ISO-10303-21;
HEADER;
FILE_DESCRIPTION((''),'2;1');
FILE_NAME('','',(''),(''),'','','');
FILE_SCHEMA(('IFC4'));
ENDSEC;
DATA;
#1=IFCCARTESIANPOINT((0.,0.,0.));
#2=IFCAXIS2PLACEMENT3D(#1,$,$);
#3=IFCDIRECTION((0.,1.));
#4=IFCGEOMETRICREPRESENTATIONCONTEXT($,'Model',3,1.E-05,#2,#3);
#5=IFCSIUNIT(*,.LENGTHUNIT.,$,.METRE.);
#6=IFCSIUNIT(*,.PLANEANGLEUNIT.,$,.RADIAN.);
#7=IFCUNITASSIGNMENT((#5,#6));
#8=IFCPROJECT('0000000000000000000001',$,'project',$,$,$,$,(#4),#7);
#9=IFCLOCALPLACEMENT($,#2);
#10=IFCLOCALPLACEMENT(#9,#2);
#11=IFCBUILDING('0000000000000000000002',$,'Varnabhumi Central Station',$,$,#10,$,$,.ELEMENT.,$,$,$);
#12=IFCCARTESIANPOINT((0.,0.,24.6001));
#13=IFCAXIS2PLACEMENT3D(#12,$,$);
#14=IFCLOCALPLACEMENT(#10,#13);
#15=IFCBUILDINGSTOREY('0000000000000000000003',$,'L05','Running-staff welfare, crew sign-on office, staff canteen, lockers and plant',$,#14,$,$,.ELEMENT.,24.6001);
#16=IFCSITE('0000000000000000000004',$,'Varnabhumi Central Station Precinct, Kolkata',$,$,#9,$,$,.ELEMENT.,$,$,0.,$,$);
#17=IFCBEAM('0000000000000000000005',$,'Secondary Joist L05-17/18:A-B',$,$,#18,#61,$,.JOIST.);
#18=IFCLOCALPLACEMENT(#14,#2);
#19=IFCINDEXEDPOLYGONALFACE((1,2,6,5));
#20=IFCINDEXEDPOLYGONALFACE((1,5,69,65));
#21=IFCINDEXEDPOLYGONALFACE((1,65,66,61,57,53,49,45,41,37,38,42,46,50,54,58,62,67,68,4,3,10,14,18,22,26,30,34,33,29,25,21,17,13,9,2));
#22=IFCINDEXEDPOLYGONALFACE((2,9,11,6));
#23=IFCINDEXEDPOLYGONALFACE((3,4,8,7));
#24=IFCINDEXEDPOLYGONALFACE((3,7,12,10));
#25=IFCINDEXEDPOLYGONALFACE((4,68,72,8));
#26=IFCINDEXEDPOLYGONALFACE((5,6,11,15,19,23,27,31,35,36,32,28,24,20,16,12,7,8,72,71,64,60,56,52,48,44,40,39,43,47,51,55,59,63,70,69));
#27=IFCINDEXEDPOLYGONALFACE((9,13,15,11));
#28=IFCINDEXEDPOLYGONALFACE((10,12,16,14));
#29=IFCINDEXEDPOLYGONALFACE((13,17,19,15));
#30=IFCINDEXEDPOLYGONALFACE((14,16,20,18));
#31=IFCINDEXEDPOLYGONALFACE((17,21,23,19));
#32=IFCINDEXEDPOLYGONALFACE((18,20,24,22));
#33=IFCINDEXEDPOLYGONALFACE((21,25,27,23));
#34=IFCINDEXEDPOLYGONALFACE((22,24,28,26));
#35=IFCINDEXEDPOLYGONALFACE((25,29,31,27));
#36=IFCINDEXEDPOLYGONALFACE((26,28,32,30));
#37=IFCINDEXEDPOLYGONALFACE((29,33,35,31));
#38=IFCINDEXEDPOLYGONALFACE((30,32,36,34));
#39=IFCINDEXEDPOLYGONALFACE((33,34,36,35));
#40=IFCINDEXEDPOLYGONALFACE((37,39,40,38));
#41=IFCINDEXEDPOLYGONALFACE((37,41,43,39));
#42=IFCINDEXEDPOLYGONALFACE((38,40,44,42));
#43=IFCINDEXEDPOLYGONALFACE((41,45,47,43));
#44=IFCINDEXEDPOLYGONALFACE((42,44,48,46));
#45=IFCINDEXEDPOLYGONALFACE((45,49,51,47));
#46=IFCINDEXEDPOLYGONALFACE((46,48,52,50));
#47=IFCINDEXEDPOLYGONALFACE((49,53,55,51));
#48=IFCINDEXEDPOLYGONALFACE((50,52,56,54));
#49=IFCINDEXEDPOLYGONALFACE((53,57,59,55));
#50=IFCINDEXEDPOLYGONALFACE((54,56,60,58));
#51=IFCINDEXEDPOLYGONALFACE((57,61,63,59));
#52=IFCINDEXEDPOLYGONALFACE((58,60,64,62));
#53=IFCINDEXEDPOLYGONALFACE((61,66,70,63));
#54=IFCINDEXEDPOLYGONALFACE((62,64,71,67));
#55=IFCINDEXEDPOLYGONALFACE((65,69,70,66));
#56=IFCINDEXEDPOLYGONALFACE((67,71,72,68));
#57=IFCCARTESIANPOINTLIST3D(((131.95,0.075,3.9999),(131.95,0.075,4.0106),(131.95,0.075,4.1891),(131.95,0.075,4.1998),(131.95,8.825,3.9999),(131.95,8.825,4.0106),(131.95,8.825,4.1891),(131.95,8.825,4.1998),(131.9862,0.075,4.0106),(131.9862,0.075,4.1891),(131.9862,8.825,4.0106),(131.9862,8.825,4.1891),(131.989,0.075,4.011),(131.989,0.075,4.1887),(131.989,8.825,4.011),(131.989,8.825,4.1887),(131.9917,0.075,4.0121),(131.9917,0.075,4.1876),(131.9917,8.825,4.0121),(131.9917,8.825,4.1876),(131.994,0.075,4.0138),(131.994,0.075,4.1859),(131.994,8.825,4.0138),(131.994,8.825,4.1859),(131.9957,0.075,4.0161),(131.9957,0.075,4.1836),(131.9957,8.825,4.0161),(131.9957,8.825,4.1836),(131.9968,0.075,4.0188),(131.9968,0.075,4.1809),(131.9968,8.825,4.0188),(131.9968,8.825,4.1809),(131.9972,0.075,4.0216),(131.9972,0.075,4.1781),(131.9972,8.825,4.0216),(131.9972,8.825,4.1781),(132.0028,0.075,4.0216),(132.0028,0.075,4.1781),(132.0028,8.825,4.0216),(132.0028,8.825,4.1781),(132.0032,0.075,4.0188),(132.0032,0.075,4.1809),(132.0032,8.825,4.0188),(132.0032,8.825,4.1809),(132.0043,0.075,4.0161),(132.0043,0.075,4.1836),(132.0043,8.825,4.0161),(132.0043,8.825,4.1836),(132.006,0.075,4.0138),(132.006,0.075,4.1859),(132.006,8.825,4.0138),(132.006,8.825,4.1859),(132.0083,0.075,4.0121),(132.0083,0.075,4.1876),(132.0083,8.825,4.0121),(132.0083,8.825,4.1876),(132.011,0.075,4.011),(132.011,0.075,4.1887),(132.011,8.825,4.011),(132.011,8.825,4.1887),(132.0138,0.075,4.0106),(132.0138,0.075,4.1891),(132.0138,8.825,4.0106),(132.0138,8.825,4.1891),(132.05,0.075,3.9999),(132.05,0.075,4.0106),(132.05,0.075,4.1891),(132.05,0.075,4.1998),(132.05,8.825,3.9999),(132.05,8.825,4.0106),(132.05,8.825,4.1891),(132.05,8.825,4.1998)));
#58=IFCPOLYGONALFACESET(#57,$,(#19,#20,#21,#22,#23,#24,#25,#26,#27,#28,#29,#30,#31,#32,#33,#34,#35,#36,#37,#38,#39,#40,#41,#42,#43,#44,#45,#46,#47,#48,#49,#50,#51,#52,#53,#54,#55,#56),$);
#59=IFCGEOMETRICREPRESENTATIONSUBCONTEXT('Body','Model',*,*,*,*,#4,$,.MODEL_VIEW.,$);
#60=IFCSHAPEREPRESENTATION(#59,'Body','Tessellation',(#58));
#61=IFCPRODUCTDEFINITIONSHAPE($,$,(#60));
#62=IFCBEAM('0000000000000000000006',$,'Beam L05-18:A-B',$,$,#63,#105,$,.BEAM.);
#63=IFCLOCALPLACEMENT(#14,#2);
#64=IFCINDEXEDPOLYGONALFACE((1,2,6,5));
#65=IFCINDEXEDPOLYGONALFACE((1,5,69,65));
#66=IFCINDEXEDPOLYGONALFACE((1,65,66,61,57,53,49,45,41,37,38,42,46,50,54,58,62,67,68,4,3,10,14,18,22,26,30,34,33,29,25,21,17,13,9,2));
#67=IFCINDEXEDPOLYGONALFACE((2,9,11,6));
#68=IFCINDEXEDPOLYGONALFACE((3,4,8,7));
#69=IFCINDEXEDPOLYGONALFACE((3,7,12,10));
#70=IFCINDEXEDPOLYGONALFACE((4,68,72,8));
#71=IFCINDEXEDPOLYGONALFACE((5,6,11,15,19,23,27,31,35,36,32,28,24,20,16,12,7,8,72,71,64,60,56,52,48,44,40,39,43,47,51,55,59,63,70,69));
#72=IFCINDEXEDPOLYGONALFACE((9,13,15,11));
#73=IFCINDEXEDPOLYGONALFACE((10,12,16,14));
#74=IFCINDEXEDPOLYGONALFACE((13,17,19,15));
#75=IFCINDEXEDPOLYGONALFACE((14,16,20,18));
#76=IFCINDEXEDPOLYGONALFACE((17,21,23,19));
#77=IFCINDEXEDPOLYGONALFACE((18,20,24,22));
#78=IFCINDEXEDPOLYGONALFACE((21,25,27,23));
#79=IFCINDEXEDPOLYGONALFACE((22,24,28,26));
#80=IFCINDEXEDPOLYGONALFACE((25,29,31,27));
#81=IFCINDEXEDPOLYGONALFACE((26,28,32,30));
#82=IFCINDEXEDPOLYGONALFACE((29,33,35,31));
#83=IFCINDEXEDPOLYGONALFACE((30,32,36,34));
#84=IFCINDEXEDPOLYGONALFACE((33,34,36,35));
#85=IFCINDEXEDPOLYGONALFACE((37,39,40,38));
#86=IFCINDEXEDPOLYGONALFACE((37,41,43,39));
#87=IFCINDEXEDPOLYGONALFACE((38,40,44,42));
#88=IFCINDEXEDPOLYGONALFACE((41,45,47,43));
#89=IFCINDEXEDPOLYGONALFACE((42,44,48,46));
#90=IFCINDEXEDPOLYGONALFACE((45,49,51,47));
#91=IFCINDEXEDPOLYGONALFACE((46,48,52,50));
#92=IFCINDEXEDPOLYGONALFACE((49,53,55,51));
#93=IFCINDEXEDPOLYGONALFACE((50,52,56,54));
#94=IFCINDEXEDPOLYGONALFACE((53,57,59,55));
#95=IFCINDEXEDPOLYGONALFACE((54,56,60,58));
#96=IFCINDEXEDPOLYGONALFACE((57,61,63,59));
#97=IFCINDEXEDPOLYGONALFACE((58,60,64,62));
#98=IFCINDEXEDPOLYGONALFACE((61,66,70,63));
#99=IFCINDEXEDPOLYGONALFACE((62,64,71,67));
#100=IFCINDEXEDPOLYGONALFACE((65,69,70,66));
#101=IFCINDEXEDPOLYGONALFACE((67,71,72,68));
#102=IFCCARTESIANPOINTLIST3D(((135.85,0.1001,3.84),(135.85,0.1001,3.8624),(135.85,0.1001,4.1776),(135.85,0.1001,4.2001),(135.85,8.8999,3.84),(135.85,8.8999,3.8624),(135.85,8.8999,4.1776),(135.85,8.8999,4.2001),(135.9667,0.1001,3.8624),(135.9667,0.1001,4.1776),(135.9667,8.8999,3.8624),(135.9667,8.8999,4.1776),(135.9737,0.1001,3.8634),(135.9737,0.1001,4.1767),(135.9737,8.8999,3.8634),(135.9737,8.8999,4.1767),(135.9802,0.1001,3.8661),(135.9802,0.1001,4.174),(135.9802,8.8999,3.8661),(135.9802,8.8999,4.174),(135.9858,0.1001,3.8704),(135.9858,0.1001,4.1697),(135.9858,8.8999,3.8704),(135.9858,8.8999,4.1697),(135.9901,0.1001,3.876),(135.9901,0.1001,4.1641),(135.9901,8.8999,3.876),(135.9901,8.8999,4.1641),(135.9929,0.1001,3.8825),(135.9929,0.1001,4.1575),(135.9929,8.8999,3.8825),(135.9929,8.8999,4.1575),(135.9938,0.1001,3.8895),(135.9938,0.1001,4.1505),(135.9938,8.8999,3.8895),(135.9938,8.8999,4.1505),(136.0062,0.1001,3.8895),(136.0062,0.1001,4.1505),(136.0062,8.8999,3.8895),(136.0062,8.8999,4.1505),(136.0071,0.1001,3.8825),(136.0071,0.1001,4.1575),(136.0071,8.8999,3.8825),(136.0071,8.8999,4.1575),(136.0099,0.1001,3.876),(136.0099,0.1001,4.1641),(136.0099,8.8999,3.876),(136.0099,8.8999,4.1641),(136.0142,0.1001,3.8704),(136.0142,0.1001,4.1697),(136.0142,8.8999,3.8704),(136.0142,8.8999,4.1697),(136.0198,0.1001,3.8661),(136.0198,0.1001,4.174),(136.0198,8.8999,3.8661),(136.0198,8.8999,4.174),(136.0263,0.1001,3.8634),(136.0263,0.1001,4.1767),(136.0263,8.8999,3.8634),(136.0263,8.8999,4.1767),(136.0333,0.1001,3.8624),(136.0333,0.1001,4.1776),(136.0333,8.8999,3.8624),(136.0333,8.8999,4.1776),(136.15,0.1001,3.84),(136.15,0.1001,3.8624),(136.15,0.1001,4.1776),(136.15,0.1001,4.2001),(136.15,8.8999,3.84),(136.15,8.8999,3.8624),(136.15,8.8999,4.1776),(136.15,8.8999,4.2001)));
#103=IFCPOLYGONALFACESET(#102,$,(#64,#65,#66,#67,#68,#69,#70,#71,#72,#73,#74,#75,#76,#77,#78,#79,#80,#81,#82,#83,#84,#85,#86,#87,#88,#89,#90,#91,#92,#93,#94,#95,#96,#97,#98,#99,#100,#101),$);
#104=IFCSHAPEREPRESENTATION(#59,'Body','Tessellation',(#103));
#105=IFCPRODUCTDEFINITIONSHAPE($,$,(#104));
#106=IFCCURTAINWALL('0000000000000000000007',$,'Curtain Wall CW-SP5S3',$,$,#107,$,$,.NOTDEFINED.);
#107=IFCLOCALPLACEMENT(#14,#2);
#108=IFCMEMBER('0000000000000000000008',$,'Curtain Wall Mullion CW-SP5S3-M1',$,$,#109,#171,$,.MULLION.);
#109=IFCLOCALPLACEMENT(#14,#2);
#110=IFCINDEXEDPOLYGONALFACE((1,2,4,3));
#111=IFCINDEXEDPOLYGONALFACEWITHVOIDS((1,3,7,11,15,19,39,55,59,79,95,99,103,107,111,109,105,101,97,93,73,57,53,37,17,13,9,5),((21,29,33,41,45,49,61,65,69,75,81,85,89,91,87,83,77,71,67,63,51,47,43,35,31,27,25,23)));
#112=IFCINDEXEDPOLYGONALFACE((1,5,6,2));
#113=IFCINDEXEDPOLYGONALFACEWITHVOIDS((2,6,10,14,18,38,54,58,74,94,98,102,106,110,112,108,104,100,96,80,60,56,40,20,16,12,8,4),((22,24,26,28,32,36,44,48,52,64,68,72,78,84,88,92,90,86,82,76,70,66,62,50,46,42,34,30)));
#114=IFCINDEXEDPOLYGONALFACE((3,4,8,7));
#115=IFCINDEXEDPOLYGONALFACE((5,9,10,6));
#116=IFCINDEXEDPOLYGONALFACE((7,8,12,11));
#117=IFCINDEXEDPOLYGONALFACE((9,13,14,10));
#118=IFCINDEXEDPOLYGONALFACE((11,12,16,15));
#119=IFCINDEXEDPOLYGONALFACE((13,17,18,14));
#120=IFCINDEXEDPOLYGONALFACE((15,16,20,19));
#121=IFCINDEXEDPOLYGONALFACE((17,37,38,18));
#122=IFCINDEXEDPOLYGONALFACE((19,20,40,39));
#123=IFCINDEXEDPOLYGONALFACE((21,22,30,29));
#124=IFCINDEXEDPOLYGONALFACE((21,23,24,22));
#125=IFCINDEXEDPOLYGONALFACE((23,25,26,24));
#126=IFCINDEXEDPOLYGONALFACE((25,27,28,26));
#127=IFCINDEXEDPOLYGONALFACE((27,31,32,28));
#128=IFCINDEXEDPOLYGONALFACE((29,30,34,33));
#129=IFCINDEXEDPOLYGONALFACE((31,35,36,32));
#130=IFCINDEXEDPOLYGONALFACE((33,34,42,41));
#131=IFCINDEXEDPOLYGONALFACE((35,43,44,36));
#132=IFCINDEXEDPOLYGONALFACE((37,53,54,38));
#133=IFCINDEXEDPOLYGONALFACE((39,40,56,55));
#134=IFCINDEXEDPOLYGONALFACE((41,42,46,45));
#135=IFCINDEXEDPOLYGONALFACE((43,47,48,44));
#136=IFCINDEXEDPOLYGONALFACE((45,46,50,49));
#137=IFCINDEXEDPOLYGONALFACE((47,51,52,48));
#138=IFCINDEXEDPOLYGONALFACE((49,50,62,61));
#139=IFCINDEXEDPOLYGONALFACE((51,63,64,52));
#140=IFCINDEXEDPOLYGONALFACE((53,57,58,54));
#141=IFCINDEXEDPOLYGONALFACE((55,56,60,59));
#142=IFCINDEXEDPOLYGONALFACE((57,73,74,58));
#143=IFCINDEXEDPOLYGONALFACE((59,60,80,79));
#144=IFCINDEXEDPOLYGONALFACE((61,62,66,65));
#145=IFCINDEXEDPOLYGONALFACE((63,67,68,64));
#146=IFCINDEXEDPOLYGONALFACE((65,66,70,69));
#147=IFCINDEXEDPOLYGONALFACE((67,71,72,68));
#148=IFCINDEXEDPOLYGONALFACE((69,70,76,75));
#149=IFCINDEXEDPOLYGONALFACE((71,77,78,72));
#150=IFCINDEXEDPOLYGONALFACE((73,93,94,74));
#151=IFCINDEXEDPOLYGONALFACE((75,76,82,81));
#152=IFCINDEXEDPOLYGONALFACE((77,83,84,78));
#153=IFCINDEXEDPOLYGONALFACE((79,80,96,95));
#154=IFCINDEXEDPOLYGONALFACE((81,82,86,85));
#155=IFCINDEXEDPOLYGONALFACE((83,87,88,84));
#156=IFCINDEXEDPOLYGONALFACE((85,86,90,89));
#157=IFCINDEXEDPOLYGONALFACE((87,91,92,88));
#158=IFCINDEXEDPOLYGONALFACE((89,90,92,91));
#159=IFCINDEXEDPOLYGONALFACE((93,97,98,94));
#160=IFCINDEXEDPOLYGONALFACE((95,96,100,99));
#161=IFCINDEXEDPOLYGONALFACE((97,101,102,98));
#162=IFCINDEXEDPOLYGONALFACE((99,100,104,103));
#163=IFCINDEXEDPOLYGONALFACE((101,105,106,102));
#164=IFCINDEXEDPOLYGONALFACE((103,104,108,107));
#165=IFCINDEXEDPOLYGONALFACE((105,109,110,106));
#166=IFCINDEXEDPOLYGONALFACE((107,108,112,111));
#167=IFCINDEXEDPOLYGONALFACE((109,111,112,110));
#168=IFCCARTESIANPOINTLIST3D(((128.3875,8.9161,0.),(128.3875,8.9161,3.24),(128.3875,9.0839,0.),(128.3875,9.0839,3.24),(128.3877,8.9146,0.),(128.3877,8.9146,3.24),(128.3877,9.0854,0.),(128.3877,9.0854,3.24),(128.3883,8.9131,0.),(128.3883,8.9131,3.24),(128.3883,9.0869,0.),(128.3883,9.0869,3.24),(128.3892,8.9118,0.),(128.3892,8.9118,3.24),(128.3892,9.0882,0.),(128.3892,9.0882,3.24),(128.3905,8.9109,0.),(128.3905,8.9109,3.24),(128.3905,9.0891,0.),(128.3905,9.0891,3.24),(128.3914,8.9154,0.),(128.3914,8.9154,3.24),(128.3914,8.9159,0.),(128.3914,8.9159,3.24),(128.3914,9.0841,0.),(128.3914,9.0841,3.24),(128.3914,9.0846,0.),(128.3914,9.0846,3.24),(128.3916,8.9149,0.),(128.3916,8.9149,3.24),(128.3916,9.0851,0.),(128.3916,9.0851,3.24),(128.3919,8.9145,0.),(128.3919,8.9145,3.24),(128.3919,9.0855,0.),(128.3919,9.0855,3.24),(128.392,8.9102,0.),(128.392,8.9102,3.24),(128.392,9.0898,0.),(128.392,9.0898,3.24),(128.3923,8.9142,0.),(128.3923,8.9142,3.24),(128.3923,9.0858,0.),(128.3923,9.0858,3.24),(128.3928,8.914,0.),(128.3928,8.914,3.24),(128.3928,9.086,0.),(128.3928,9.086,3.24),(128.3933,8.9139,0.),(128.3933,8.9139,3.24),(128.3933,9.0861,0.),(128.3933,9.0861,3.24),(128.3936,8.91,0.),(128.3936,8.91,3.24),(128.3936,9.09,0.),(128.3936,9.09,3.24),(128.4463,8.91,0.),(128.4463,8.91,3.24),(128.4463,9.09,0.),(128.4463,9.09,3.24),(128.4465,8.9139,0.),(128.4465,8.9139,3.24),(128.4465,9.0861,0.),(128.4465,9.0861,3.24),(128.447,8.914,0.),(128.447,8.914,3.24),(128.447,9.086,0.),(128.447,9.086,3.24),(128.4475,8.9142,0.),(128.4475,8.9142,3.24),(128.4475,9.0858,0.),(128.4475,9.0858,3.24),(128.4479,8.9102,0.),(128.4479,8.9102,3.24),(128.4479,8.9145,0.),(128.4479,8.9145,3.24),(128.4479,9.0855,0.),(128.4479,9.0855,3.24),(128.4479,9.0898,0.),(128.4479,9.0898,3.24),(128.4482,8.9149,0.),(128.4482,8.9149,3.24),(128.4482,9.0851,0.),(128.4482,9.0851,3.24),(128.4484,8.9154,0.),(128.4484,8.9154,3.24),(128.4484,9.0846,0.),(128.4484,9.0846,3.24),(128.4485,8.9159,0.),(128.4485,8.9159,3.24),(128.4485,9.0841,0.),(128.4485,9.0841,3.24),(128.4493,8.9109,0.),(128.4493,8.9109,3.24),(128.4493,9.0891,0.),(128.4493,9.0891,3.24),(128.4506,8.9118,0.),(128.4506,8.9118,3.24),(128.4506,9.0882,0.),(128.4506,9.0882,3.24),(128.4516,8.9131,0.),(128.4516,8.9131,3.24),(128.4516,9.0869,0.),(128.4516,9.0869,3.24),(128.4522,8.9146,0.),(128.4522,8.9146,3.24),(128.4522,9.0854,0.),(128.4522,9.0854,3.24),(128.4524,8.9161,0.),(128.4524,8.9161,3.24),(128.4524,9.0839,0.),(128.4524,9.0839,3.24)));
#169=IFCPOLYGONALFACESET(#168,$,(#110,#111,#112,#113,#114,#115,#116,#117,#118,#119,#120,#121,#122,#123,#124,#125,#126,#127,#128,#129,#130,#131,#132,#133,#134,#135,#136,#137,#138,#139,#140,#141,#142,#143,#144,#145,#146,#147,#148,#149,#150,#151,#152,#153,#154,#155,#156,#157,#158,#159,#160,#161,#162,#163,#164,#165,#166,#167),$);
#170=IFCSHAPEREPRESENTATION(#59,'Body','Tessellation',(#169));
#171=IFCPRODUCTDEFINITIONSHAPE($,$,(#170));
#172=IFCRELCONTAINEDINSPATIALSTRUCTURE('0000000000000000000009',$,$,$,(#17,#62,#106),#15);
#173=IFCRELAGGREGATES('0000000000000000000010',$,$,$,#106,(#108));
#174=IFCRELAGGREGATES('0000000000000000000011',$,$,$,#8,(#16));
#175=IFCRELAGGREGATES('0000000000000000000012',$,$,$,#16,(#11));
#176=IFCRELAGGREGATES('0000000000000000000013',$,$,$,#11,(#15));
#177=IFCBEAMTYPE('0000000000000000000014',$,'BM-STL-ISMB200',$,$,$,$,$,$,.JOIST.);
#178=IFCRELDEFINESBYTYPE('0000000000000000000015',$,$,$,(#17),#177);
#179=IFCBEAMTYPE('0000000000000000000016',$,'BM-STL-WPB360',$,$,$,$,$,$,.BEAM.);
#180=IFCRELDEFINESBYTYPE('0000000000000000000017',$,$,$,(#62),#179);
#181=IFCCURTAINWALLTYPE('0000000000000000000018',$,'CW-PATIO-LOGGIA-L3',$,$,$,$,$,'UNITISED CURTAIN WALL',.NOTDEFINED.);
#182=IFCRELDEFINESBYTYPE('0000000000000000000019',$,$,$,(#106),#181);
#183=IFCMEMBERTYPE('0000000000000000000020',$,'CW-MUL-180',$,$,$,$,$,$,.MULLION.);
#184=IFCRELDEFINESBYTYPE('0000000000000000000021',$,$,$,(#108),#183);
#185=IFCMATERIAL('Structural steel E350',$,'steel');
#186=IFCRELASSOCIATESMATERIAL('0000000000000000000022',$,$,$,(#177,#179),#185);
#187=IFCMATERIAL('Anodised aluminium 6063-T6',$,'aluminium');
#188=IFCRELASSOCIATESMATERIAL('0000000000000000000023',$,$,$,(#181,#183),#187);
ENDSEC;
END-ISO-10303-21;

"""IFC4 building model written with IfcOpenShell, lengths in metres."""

from ifc_helpers import new_model, si_unit, direction, frame, origin, origin_2d, place, context, subcontext, project, spatial, hollow_rectangle, i_section, extrude, material, material_profile, profile_set, type_object, element, aggregate, save


model = new_model("IFC4")

# Units and contexts
model_context = context("Model", 3, precision=1e-05, world=origin(), true_north=direction((0.0, 1.0)))
body_context = subcontext(model_context, "Body", "Model", "MODEL_VIEW")
ifc_project = project(units=[si_unit("LENGTHUNIT", "METRE"), si_unit("PLANEANGLEUNIT", "RADIAN")], contexts=[model_context])

# Site, building, storey
site_placement = place(None, origin())
site = spatial("IfcSite", under=ifc_project, at=site_placement, Name="Varnabhumi Central Station Precinct, Kolkata", CompositionType="ELEMENT", RefElevation=0.0)
building_placement = place(site_placement, origin())
building = spatial("IfcBuilding", under=site, at=building_placement, Name="Varnabhumi Central Station", CompositionType="ELEMENT")
storey_placement = place(building_placement, frame((0.0, 0.0, 24.6001)))
storey = spatial("IfcBuildingStorey", under=building, at=storey_placement, Name="L05", Description="Running-staff welfare, crew sign-on office, staff canteen, lockers and plant", CompositionType="ELEMENT", Elevation=24.6001)

# Beams
ifc_material_1 = material(Name="Structural steel E350", Category="steel")
ifc_material_profile_1 = material_profile(ifc_material_1, i_section(OverallWidth=0.1001, OverallDepth=0.2, WebThickness=0.0056, FlangeThickness=0.0107, FilletRadius=0.011, at=origin_2d()), Name="Structural steel E350", Category="steel")
ifc_profile_set_1 = profile_set([ifc_material_profile_1], Name="Structural steel E350")
beam_type_1 = type_object("IfcBeamType", Name="BM-STL-ISMB200", PredefinedType="JOIST", material=ifc_profile_set_1)
beam_1_placement = place(storey_placement, frame((132.0, 0.075, 4.0999), z_axis=(0.0, 1.0, 0.0), x_axis=(-1.0, 0.0, 0.0)))
element("IfcBeam", 1, at=beam_1_placement, inside=storey, type_object=beam_type_1, Name="Secondary Joist L05-17/18:A-B", PredefinedType="JOIST", context=body_context, shape_type="SweptSolid", body=[
    extrude(i_section(OverallWidth=0.1001, OverallDepth=0.2, WebThickness=0.0056, FlangeThickness=0.0107, FilletRadius=0.011, at=origin_2d()), origin(), (0.0, 0.0, 1.0), 8.75),
])
ifc_material_profile_2 = material_profile(ifc_material_1, i_section(OverallWidth=0.3, OverallDepth=0.3601, WebThickness=0.0125, FlangeThickness=0.0225, FilletRadius=0.0271, at=origin_2d()), Name="Structural steel E350", Category="steel")
ifc_profile_set_2 = profile_set([ifc_material_profile_2], Name="Structural steel E350")
beam_type_2 = type_object("IfcBeamType", Name="BM-STL-WPB360", PredefinedType="BEAM", material=ifc_profile_set_2)
beam_2_placement = place(storey_placement, frame((136.0, 0.1001, 4.02), z_axis=(0.0, 1.0, 0.0), x_axis=(-1.0, 0.0, 0.0)))
element("IfcBeam", 2, at=beam_2_placement, inside=storey, type_object=beam_type_2, Name="Beam L05-18:A-B", PredefinedType="BEAM", context=body_context, shape_type="SweptSolid", body=[
    extrude(i_section(OverallWidth=0.3, OverallDepth=0.3601, WebThickness=0.0125, FlangeThickness=0.0225, FilletRadius=0.0271, at=origin_2d()), origin(), (0.0, 0.0, 1.0), 8.7998),
])

# Curtain wall, member
ifc_material_2 = material(Name="Anodised aluminium 6063-T6", Category="aluminium")
curtain_wall_type = type_object("IfcCurtainWallType", Name="CW-PATIO-LOGGIA-L3", ElementType="UNITISED CURTAIN WALL", PredefinedType="NOTDEFINED", material=ifc_material_2)
curtain_wall_placement = place(storey_placement, origin())
curtain_wall = element("IfcCurtainWall", 3, at=curtain_wall_placement, inside=storey, type_object=curtain_wall_type, Name="Curtain Wall CW-SP5S3", PredefinedType="NOTDEFINED")
ifc_material_profile_3 = material_profile(ifc_material_2, hollow_rectangle(XDim=0.0649, YDim=0.1799, WallThickness=0.0039, InnerFilletRadius=0.002, OuterFilletRadius=0.0061, at=origin_2d()), Name="Anodised aluminium 6063-T6", Category="aluminium")
ifc_profile_set_3 = profile_set([ifc_material_profile_3], Name="Anodised aluminium 6063-T6")
member_type_1 = type_object("IfcMemberType", Name="CW-MUL-180", PredefinedType="MULLION", material=ifc_profile_set_3)
member_1_placement = place(storey_placement, frame((128.4199, 9.0, 0.0), z_axis=(0.0, 0.0, 1.0), x_axis=(1.0, 0.0, 0.0)))
member_1 = element("IfcMember", 4, at=member_1_placement, type_object=member_type_1, Name="Curtain Wall Mullion CW-SP5S3-M1", PredefinedType="MULLION", context=body_context, shape_type="SweptSolid", body=[
    extrude(hollow_rectangle(XDim=0.0649, YDim=0.1799, WallThickness=0.0039, InnerFilletRadius=0.002, OuterFilletRadius=0.0061, at=origin_2d()), origin(), (0.0, 0.0, 1.0), 3.24),
])

aggregate(curtain_wall, [member_1])

save(model, "model.ifc")
